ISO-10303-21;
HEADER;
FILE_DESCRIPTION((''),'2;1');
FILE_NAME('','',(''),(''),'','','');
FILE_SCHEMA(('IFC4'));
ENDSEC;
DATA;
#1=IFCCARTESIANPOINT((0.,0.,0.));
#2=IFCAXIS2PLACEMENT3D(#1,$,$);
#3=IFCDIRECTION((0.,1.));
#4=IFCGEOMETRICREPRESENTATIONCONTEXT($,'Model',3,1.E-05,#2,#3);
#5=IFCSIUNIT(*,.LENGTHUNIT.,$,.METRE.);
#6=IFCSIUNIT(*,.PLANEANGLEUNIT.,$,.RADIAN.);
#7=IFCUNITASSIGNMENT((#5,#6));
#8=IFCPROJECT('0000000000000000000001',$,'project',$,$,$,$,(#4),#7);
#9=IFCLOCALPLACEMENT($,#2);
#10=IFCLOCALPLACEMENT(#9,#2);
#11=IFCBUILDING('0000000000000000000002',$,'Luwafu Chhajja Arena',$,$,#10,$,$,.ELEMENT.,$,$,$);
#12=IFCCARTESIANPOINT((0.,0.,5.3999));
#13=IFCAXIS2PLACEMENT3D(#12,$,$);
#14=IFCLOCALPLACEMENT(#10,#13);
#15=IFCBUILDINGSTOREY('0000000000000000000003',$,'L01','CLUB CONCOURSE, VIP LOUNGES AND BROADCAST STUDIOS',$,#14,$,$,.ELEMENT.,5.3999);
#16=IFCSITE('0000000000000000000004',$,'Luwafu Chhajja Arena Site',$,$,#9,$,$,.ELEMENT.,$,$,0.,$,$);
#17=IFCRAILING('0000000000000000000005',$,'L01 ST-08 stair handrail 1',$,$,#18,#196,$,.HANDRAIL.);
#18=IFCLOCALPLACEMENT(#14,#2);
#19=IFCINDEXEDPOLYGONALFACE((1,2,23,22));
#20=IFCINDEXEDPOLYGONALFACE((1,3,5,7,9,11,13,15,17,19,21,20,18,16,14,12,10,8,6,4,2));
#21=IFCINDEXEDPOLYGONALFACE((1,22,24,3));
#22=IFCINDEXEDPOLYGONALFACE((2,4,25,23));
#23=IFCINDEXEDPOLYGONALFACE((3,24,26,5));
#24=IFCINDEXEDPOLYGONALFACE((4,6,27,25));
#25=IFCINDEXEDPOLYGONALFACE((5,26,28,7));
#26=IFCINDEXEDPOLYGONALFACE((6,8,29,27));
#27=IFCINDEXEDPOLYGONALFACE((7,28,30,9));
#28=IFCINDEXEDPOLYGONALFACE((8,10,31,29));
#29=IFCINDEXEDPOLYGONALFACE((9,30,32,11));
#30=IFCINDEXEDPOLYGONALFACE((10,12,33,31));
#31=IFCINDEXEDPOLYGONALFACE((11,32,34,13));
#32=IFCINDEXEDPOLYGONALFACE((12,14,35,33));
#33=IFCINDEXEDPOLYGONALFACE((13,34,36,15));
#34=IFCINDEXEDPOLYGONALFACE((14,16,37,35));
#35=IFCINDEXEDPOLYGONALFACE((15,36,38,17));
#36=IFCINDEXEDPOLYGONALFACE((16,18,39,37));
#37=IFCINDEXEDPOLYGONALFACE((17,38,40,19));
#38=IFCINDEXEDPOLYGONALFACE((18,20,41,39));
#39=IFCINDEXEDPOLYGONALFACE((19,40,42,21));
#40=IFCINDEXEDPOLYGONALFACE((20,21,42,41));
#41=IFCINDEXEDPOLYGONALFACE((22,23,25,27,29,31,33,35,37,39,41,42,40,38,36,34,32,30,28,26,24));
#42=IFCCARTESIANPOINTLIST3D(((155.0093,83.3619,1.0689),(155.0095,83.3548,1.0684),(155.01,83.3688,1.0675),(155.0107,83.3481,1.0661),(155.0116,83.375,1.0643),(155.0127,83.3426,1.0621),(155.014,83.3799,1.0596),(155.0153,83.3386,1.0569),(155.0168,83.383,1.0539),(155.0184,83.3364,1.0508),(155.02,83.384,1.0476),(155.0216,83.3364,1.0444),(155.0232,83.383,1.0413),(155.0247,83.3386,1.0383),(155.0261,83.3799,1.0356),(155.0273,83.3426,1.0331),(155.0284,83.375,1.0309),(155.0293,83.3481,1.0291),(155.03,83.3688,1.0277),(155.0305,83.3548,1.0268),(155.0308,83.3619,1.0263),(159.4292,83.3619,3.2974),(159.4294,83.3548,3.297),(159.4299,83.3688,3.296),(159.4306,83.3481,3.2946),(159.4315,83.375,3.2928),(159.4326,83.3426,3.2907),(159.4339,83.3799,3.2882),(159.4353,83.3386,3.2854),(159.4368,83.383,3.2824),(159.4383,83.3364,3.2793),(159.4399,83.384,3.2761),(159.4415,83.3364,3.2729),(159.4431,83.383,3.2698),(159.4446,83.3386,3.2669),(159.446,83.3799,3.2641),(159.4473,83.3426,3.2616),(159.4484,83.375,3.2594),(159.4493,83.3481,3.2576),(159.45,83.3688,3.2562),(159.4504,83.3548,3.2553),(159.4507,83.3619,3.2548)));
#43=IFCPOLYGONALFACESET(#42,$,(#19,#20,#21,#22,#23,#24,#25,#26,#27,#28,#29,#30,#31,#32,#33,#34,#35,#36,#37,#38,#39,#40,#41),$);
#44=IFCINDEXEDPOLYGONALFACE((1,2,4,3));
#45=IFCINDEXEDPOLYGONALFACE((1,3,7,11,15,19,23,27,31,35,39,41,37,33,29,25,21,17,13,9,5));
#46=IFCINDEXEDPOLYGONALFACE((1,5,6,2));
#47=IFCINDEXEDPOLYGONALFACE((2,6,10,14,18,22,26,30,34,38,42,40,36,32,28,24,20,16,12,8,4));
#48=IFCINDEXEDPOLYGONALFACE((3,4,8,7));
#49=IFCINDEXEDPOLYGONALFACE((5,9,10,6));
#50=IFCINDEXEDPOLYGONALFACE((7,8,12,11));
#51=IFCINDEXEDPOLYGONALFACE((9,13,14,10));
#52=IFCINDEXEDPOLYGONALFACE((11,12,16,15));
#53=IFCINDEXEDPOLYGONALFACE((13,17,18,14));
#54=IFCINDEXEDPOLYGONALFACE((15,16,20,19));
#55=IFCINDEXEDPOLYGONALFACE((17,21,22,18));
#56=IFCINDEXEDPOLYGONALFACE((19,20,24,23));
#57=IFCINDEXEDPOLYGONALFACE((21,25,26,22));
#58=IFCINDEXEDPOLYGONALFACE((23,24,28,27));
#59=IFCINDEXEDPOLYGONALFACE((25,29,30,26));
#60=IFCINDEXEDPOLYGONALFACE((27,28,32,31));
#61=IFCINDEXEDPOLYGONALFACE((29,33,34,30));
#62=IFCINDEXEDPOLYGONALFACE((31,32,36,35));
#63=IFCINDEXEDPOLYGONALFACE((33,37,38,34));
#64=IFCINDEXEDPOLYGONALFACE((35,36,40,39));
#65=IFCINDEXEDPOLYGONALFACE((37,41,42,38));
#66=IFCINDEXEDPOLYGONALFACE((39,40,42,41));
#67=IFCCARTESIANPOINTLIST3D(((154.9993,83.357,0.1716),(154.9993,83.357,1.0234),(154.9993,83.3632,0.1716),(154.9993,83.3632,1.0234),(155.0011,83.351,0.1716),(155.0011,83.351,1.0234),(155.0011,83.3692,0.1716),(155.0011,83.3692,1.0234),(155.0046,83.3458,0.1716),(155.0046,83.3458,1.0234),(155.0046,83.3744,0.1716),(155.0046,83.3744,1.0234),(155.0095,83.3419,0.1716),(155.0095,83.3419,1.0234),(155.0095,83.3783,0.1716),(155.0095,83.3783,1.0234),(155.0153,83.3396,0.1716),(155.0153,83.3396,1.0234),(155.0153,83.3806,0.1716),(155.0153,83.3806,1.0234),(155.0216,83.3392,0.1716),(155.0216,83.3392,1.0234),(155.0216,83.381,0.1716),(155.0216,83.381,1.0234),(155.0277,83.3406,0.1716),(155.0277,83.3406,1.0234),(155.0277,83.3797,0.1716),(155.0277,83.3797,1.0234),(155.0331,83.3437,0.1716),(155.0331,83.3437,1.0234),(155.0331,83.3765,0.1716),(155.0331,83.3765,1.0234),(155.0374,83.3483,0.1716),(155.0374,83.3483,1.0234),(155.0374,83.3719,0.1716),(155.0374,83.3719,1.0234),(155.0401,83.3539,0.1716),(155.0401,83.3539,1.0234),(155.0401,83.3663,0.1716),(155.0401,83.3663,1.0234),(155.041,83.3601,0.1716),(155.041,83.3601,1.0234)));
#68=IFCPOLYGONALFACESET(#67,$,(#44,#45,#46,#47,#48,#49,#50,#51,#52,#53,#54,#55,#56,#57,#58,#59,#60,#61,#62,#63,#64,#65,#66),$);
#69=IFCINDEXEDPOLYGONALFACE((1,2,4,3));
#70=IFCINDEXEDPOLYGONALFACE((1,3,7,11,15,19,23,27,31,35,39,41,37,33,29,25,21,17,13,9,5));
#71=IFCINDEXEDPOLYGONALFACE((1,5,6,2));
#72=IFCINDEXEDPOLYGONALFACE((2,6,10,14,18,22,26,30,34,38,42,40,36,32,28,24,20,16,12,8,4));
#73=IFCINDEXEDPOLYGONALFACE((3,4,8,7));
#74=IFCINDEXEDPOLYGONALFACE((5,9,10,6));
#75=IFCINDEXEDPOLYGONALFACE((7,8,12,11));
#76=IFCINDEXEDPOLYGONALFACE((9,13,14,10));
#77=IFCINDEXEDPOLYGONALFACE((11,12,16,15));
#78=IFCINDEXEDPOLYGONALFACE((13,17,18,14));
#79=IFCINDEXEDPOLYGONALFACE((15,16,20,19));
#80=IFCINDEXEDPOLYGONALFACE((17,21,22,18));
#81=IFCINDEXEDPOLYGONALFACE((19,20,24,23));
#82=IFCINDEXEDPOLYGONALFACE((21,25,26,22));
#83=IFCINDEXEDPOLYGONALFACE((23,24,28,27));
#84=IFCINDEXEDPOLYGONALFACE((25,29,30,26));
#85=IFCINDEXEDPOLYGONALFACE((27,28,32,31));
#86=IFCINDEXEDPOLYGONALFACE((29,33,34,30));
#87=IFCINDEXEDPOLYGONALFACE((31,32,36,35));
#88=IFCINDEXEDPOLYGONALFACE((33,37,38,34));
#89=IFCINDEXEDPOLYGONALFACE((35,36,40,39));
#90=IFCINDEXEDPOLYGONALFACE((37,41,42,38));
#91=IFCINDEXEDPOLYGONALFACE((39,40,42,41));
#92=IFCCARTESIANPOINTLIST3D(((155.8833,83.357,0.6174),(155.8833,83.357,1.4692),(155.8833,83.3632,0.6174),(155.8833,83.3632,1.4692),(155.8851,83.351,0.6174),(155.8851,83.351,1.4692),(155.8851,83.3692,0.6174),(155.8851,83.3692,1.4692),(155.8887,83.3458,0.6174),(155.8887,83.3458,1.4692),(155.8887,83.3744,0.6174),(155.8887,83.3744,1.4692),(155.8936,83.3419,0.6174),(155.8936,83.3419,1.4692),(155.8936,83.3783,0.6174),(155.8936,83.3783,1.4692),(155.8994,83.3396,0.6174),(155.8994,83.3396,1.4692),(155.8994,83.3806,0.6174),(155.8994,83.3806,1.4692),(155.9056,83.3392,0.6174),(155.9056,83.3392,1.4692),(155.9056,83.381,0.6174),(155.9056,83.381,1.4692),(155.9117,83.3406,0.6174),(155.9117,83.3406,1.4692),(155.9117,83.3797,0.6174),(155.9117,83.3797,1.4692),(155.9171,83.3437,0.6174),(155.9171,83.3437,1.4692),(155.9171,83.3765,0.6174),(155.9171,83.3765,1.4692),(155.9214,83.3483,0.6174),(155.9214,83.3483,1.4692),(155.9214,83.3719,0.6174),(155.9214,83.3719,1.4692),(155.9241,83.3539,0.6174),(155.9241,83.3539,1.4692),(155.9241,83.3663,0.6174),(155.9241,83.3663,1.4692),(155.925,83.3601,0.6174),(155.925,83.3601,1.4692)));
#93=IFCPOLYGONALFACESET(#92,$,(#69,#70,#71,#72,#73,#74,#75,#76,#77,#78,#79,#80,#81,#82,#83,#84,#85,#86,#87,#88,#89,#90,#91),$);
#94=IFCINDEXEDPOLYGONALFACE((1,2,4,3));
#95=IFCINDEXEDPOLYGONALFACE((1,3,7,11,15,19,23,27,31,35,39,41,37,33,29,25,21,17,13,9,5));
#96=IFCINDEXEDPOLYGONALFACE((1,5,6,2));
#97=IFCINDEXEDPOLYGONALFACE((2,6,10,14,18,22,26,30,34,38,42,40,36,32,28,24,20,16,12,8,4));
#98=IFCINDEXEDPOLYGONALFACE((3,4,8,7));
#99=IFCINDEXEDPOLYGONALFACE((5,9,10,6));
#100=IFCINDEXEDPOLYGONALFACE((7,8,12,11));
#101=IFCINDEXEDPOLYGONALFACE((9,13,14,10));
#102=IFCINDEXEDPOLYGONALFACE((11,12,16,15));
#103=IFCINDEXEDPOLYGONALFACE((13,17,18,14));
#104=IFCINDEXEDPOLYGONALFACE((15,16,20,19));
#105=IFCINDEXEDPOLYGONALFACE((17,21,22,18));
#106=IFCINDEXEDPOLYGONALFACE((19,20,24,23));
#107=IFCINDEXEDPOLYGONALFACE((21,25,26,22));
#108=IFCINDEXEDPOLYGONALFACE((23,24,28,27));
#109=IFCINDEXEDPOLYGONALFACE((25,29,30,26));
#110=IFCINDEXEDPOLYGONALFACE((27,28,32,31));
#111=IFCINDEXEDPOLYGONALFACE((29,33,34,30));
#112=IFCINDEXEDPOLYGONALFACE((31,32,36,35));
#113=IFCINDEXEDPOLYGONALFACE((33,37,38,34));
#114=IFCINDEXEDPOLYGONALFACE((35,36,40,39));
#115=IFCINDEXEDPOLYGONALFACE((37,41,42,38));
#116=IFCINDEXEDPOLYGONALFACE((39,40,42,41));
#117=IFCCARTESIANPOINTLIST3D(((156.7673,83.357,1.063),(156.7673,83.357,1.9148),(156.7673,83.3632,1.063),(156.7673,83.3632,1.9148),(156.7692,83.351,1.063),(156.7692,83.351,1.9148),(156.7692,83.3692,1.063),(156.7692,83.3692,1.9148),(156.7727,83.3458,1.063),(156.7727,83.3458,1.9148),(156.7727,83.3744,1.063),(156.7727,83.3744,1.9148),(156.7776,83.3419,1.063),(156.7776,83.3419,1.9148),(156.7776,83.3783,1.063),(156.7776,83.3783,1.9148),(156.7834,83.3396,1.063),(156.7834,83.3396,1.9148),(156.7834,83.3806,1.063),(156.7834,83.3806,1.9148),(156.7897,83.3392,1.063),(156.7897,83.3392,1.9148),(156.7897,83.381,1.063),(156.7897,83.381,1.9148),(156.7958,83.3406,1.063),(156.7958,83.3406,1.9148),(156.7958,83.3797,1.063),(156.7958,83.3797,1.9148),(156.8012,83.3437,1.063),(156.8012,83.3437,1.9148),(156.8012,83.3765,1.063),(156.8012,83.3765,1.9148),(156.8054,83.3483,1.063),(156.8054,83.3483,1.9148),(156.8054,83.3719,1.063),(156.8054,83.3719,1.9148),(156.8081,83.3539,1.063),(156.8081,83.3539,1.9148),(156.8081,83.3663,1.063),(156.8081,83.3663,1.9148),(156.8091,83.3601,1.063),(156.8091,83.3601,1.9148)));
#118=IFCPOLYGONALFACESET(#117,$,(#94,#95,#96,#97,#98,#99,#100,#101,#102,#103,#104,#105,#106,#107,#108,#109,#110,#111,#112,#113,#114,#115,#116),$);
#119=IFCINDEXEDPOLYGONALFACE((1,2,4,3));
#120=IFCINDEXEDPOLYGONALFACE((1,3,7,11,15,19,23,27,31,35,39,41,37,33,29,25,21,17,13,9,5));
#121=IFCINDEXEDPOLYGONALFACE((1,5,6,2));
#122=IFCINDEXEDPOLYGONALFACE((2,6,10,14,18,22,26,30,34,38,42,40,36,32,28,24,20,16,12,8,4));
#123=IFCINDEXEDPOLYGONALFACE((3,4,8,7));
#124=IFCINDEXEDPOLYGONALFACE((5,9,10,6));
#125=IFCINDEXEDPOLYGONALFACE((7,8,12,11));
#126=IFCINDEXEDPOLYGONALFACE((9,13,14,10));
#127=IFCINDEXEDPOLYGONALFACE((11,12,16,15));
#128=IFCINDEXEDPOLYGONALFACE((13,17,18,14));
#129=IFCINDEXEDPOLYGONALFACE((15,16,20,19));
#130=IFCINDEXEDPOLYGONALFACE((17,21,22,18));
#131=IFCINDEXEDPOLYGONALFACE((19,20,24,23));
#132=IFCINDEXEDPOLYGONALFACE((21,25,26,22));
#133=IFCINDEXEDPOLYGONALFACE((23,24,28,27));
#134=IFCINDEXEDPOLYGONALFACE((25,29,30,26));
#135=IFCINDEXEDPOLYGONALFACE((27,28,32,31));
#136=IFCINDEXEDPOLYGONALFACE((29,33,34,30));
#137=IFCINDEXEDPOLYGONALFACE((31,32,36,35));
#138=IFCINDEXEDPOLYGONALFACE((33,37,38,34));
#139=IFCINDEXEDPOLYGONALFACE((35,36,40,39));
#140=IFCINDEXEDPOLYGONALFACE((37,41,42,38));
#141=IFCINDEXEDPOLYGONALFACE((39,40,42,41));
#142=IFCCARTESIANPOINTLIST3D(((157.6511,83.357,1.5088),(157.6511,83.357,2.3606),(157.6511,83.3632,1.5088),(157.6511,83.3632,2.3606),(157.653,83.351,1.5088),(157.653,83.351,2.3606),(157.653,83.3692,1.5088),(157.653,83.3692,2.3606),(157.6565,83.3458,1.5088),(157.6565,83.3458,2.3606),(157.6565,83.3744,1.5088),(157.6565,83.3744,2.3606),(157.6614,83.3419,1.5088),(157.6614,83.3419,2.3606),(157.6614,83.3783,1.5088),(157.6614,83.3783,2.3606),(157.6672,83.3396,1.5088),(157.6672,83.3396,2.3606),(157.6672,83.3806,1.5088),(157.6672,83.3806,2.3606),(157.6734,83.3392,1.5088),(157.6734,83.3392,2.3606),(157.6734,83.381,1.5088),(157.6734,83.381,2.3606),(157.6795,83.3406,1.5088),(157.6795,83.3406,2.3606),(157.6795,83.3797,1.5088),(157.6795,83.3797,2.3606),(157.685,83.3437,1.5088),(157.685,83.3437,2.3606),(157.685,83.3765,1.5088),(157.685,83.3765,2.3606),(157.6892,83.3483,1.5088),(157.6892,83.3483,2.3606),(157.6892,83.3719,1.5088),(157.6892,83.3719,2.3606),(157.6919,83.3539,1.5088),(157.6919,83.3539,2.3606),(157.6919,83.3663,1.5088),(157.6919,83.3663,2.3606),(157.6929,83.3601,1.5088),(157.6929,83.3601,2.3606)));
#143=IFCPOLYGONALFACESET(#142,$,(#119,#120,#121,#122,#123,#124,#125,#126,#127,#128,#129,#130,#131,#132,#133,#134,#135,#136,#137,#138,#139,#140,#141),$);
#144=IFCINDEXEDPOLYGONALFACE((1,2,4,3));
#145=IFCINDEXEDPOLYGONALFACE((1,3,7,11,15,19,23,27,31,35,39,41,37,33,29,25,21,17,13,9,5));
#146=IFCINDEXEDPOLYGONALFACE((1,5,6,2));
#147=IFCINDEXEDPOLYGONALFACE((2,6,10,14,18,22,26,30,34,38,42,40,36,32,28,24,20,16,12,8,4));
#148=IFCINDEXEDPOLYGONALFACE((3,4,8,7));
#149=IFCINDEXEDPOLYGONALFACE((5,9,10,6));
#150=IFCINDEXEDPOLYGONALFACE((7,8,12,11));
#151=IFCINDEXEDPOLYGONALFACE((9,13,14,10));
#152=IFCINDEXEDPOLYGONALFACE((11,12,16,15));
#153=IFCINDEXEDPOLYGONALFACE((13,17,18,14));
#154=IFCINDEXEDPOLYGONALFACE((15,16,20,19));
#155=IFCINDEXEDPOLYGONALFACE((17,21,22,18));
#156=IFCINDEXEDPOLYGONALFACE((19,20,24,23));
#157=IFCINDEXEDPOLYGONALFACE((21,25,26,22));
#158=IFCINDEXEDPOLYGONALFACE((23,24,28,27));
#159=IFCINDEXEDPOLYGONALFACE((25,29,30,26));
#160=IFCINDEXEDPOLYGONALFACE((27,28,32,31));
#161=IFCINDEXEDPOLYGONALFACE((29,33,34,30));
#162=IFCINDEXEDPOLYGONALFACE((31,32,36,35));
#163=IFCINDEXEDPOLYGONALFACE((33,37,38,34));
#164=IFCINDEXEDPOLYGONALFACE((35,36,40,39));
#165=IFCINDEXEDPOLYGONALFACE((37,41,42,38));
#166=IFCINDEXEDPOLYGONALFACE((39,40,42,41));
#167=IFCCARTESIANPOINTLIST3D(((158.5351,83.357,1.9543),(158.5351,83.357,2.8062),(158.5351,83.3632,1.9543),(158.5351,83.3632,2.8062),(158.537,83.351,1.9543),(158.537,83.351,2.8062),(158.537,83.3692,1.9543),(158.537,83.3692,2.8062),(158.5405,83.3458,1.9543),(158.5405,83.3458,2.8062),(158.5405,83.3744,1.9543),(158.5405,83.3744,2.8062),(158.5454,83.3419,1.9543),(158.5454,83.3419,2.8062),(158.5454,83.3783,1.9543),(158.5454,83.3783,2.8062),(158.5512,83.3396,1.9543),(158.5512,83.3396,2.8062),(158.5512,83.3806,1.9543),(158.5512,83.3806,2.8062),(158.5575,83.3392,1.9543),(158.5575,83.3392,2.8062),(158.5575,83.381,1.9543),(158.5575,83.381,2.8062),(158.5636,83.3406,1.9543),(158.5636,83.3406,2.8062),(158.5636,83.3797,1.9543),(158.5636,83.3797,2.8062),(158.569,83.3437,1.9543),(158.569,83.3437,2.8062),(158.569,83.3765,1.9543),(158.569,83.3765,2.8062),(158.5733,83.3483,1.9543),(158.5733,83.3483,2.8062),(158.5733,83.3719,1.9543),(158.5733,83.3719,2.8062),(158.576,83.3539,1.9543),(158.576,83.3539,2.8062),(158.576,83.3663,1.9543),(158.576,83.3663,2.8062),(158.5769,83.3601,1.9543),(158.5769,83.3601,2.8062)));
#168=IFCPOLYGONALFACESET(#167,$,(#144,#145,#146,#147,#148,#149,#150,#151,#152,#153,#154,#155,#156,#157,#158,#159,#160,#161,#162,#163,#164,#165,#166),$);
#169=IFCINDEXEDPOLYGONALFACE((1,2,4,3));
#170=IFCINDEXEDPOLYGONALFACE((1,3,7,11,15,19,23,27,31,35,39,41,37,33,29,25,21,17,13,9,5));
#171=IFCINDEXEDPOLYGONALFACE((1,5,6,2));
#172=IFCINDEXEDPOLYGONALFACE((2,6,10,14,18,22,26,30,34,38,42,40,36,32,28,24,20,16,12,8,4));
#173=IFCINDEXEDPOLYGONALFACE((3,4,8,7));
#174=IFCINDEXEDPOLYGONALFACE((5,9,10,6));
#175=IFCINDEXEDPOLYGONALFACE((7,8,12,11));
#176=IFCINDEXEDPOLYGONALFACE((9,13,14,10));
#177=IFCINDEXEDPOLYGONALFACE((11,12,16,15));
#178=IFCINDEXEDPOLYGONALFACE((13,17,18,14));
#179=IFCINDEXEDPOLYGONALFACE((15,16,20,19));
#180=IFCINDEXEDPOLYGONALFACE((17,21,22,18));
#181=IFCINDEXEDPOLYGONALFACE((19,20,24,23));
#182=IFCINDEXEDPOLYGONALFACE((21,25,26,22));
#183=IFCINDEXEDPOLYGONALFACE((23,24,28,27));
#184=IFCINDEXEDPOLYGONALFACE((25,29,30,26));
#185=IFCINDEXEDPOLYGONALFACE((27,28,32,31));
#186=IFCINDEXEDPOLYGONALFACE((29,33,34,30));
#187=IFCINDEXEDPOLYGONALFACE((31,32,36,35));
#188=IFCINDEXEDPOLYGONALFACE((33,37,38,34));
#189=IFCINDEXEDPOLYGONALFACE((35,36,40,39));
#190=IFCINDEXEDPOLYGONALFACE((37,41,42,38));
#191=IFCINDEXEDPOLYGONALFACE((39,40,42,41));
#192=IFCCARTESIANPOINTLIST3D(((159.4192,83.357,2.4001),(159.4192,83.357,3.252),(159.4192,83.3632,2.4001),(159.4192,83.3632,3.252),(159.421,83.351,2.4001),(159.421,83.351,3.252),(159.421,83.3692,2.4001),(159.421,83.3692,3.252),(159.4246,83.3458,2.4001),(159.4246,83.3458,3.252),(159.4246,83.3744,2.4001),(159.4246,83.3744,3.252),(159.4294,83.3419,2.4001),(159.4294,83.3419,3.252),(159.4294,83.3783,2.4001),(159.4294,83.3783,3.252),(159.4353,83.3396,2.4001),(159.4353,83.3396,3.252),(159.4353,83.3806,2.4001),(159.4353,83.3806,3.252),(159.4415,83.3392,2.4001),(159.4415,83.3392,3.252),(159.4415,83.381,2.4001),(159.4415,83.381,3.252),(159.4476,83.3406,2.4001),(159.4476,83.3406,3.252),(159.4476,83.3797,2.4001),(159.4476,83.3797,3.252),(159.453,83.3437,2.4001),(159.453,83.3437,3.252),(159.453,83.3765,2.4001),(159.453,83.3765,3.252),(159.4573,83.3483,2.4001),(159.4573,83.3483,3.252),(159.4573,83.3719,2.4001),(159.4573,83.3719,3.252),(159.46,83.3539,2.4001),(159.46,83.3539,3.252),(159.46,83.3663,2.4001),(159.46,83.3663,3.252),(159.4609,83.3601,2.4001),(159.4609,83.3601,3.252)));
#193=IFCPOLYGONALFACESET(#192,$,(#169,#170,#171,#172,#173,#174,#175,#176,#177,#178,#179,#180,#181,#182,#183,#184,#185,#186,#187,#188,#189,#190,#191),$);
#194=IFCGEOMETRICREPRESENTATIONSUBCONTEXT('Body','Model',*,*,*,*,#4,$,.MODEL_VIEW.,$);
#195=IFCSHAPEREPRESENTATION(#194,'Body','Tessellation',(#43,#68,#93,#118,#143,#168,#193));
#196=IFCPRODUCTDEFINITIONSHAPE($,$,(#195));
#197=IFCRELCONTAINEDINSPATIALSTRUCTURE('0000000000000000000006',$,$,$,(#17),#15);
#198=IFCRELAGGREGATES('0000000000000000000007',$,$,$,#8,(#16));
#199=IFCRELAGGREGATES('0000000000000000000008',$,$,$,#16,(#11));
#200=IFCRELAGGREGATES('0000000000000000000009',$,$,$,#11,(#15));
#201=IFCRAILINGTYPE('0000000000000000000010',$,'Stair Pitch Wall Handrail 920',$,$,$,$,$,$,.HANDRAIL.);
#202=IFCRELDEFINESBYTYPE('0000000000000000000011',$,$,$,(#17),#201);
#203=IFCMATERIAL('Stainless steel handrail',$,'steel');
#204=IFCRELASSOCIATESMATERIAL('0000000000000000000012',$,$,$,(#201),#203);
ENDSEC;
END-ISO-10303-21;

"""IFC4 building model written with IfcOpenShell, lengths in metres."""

from ifc_helpers import new_model, si_unit, direction, frame, origin, origin_2d, place, context, subcontext, project, spatial, circle, extrude, material, type_object, element, save


model = new_model("IFC4")

# Units and contexts
model_context = context("Model", 3, precision=1e-05, world=origin(), true_north=direction((0.0, 1.0)))
body_context = subcontext(model_context, "Body", "Model", "MODEL_VIEW")
ifc_project = project(units=[si_unit("LENGTHUNIT", "METRE"), si_unit("PLANEANGLEUNIT", "RADIAN")], contexts=[model_context])

# Site, building, storey
site_placement = place(None, origin())
site = spatial("IfcSite", under=ifc_project, at=site_placement, Name="Luwafu Chhajja Arena Site", CompositionType="ELEMENT", RefElevation=0.0)
building_placement = place(site_placement, origin())
building = spatial("IfcBuilding", under=site, at=building_placement, Name="Luwafu Chhajja Arena", CompositionType="ELEMENT")
storey_placement = place(building_placement, frame((0.0, 0.0, 5.3999)))
storey = spatial("IfcBuildingStorey", under=building, at=storey_placement, Name="L01", Description="CLUB CONCOURSE, VIP LOUNGES AND BROADCAST STUDIOS", CompositionType="ELEMENT", Elevation=5.3999)

# Railing
ifc_material_1 = material(Name="Stainless steel handrail", Category="steel")
railing_type_1 = type_object("IfcRailingType", Name="Stair Pitch Wall Handrail 920", PredefinedType="HANDRAIL", material=ifc_material_1)
railing_1_placement = place(storey_placement, frame((155.02, 83.3601, 0.1716)))
element("IfcRailing", 1, at=railing_1_placement, inside=storey, type_object=railing_type_1, Name="L01 ST-08 stair handrail 1", PredefinedType="HANDRAIL", context=body_context, shape_type="SweptSolid", body=[
    extrude(circle(Radius=0.0239, at=origin_2d()), frame((0.0, 0.0, 0.876), z_axis=(0.892923, 0.0, 0.45021), x_axis=(0.0, 1.0, 0.0)), (0.0, 0.0, 1.0), 4.95),
    extrude(circle(Radius=0.021, at=origin_2d()), origin(), (0.0, 0.0, 1.0), 0.8518),
    extrude(circle(Radius=0.021, at=origin_2d()), frame((0.884, 0.0, 0.4458)), (0.0, 0.0, 1.0), 0.8518),
    extrude(circle(Radius=0.021, at=origin_2d()), frame((1.7681, 0.0, 0.8914)), (0.0, 0.0, 1.0), 0.8518),
    extrude(circle(Radius=0.021, at=origin_2d()), frame((2.6519, 0.0, 1.3372)), (0.0, 0.0, 1.0), 0.8518),
    extrude(circle(Radius=0.021, at=origin_2d()), frame((3.5359, 0.0, 1.7827)), (0.0, 0.0, 1.0), 0.8518),
    extrude(circle(Radius=0.021, at=origin_2d()), frame((4.4199, 0.0, 2.2285)), (0.0, 0.0, 1.0), 0.8518),
])

save(model, "model.ifc")
